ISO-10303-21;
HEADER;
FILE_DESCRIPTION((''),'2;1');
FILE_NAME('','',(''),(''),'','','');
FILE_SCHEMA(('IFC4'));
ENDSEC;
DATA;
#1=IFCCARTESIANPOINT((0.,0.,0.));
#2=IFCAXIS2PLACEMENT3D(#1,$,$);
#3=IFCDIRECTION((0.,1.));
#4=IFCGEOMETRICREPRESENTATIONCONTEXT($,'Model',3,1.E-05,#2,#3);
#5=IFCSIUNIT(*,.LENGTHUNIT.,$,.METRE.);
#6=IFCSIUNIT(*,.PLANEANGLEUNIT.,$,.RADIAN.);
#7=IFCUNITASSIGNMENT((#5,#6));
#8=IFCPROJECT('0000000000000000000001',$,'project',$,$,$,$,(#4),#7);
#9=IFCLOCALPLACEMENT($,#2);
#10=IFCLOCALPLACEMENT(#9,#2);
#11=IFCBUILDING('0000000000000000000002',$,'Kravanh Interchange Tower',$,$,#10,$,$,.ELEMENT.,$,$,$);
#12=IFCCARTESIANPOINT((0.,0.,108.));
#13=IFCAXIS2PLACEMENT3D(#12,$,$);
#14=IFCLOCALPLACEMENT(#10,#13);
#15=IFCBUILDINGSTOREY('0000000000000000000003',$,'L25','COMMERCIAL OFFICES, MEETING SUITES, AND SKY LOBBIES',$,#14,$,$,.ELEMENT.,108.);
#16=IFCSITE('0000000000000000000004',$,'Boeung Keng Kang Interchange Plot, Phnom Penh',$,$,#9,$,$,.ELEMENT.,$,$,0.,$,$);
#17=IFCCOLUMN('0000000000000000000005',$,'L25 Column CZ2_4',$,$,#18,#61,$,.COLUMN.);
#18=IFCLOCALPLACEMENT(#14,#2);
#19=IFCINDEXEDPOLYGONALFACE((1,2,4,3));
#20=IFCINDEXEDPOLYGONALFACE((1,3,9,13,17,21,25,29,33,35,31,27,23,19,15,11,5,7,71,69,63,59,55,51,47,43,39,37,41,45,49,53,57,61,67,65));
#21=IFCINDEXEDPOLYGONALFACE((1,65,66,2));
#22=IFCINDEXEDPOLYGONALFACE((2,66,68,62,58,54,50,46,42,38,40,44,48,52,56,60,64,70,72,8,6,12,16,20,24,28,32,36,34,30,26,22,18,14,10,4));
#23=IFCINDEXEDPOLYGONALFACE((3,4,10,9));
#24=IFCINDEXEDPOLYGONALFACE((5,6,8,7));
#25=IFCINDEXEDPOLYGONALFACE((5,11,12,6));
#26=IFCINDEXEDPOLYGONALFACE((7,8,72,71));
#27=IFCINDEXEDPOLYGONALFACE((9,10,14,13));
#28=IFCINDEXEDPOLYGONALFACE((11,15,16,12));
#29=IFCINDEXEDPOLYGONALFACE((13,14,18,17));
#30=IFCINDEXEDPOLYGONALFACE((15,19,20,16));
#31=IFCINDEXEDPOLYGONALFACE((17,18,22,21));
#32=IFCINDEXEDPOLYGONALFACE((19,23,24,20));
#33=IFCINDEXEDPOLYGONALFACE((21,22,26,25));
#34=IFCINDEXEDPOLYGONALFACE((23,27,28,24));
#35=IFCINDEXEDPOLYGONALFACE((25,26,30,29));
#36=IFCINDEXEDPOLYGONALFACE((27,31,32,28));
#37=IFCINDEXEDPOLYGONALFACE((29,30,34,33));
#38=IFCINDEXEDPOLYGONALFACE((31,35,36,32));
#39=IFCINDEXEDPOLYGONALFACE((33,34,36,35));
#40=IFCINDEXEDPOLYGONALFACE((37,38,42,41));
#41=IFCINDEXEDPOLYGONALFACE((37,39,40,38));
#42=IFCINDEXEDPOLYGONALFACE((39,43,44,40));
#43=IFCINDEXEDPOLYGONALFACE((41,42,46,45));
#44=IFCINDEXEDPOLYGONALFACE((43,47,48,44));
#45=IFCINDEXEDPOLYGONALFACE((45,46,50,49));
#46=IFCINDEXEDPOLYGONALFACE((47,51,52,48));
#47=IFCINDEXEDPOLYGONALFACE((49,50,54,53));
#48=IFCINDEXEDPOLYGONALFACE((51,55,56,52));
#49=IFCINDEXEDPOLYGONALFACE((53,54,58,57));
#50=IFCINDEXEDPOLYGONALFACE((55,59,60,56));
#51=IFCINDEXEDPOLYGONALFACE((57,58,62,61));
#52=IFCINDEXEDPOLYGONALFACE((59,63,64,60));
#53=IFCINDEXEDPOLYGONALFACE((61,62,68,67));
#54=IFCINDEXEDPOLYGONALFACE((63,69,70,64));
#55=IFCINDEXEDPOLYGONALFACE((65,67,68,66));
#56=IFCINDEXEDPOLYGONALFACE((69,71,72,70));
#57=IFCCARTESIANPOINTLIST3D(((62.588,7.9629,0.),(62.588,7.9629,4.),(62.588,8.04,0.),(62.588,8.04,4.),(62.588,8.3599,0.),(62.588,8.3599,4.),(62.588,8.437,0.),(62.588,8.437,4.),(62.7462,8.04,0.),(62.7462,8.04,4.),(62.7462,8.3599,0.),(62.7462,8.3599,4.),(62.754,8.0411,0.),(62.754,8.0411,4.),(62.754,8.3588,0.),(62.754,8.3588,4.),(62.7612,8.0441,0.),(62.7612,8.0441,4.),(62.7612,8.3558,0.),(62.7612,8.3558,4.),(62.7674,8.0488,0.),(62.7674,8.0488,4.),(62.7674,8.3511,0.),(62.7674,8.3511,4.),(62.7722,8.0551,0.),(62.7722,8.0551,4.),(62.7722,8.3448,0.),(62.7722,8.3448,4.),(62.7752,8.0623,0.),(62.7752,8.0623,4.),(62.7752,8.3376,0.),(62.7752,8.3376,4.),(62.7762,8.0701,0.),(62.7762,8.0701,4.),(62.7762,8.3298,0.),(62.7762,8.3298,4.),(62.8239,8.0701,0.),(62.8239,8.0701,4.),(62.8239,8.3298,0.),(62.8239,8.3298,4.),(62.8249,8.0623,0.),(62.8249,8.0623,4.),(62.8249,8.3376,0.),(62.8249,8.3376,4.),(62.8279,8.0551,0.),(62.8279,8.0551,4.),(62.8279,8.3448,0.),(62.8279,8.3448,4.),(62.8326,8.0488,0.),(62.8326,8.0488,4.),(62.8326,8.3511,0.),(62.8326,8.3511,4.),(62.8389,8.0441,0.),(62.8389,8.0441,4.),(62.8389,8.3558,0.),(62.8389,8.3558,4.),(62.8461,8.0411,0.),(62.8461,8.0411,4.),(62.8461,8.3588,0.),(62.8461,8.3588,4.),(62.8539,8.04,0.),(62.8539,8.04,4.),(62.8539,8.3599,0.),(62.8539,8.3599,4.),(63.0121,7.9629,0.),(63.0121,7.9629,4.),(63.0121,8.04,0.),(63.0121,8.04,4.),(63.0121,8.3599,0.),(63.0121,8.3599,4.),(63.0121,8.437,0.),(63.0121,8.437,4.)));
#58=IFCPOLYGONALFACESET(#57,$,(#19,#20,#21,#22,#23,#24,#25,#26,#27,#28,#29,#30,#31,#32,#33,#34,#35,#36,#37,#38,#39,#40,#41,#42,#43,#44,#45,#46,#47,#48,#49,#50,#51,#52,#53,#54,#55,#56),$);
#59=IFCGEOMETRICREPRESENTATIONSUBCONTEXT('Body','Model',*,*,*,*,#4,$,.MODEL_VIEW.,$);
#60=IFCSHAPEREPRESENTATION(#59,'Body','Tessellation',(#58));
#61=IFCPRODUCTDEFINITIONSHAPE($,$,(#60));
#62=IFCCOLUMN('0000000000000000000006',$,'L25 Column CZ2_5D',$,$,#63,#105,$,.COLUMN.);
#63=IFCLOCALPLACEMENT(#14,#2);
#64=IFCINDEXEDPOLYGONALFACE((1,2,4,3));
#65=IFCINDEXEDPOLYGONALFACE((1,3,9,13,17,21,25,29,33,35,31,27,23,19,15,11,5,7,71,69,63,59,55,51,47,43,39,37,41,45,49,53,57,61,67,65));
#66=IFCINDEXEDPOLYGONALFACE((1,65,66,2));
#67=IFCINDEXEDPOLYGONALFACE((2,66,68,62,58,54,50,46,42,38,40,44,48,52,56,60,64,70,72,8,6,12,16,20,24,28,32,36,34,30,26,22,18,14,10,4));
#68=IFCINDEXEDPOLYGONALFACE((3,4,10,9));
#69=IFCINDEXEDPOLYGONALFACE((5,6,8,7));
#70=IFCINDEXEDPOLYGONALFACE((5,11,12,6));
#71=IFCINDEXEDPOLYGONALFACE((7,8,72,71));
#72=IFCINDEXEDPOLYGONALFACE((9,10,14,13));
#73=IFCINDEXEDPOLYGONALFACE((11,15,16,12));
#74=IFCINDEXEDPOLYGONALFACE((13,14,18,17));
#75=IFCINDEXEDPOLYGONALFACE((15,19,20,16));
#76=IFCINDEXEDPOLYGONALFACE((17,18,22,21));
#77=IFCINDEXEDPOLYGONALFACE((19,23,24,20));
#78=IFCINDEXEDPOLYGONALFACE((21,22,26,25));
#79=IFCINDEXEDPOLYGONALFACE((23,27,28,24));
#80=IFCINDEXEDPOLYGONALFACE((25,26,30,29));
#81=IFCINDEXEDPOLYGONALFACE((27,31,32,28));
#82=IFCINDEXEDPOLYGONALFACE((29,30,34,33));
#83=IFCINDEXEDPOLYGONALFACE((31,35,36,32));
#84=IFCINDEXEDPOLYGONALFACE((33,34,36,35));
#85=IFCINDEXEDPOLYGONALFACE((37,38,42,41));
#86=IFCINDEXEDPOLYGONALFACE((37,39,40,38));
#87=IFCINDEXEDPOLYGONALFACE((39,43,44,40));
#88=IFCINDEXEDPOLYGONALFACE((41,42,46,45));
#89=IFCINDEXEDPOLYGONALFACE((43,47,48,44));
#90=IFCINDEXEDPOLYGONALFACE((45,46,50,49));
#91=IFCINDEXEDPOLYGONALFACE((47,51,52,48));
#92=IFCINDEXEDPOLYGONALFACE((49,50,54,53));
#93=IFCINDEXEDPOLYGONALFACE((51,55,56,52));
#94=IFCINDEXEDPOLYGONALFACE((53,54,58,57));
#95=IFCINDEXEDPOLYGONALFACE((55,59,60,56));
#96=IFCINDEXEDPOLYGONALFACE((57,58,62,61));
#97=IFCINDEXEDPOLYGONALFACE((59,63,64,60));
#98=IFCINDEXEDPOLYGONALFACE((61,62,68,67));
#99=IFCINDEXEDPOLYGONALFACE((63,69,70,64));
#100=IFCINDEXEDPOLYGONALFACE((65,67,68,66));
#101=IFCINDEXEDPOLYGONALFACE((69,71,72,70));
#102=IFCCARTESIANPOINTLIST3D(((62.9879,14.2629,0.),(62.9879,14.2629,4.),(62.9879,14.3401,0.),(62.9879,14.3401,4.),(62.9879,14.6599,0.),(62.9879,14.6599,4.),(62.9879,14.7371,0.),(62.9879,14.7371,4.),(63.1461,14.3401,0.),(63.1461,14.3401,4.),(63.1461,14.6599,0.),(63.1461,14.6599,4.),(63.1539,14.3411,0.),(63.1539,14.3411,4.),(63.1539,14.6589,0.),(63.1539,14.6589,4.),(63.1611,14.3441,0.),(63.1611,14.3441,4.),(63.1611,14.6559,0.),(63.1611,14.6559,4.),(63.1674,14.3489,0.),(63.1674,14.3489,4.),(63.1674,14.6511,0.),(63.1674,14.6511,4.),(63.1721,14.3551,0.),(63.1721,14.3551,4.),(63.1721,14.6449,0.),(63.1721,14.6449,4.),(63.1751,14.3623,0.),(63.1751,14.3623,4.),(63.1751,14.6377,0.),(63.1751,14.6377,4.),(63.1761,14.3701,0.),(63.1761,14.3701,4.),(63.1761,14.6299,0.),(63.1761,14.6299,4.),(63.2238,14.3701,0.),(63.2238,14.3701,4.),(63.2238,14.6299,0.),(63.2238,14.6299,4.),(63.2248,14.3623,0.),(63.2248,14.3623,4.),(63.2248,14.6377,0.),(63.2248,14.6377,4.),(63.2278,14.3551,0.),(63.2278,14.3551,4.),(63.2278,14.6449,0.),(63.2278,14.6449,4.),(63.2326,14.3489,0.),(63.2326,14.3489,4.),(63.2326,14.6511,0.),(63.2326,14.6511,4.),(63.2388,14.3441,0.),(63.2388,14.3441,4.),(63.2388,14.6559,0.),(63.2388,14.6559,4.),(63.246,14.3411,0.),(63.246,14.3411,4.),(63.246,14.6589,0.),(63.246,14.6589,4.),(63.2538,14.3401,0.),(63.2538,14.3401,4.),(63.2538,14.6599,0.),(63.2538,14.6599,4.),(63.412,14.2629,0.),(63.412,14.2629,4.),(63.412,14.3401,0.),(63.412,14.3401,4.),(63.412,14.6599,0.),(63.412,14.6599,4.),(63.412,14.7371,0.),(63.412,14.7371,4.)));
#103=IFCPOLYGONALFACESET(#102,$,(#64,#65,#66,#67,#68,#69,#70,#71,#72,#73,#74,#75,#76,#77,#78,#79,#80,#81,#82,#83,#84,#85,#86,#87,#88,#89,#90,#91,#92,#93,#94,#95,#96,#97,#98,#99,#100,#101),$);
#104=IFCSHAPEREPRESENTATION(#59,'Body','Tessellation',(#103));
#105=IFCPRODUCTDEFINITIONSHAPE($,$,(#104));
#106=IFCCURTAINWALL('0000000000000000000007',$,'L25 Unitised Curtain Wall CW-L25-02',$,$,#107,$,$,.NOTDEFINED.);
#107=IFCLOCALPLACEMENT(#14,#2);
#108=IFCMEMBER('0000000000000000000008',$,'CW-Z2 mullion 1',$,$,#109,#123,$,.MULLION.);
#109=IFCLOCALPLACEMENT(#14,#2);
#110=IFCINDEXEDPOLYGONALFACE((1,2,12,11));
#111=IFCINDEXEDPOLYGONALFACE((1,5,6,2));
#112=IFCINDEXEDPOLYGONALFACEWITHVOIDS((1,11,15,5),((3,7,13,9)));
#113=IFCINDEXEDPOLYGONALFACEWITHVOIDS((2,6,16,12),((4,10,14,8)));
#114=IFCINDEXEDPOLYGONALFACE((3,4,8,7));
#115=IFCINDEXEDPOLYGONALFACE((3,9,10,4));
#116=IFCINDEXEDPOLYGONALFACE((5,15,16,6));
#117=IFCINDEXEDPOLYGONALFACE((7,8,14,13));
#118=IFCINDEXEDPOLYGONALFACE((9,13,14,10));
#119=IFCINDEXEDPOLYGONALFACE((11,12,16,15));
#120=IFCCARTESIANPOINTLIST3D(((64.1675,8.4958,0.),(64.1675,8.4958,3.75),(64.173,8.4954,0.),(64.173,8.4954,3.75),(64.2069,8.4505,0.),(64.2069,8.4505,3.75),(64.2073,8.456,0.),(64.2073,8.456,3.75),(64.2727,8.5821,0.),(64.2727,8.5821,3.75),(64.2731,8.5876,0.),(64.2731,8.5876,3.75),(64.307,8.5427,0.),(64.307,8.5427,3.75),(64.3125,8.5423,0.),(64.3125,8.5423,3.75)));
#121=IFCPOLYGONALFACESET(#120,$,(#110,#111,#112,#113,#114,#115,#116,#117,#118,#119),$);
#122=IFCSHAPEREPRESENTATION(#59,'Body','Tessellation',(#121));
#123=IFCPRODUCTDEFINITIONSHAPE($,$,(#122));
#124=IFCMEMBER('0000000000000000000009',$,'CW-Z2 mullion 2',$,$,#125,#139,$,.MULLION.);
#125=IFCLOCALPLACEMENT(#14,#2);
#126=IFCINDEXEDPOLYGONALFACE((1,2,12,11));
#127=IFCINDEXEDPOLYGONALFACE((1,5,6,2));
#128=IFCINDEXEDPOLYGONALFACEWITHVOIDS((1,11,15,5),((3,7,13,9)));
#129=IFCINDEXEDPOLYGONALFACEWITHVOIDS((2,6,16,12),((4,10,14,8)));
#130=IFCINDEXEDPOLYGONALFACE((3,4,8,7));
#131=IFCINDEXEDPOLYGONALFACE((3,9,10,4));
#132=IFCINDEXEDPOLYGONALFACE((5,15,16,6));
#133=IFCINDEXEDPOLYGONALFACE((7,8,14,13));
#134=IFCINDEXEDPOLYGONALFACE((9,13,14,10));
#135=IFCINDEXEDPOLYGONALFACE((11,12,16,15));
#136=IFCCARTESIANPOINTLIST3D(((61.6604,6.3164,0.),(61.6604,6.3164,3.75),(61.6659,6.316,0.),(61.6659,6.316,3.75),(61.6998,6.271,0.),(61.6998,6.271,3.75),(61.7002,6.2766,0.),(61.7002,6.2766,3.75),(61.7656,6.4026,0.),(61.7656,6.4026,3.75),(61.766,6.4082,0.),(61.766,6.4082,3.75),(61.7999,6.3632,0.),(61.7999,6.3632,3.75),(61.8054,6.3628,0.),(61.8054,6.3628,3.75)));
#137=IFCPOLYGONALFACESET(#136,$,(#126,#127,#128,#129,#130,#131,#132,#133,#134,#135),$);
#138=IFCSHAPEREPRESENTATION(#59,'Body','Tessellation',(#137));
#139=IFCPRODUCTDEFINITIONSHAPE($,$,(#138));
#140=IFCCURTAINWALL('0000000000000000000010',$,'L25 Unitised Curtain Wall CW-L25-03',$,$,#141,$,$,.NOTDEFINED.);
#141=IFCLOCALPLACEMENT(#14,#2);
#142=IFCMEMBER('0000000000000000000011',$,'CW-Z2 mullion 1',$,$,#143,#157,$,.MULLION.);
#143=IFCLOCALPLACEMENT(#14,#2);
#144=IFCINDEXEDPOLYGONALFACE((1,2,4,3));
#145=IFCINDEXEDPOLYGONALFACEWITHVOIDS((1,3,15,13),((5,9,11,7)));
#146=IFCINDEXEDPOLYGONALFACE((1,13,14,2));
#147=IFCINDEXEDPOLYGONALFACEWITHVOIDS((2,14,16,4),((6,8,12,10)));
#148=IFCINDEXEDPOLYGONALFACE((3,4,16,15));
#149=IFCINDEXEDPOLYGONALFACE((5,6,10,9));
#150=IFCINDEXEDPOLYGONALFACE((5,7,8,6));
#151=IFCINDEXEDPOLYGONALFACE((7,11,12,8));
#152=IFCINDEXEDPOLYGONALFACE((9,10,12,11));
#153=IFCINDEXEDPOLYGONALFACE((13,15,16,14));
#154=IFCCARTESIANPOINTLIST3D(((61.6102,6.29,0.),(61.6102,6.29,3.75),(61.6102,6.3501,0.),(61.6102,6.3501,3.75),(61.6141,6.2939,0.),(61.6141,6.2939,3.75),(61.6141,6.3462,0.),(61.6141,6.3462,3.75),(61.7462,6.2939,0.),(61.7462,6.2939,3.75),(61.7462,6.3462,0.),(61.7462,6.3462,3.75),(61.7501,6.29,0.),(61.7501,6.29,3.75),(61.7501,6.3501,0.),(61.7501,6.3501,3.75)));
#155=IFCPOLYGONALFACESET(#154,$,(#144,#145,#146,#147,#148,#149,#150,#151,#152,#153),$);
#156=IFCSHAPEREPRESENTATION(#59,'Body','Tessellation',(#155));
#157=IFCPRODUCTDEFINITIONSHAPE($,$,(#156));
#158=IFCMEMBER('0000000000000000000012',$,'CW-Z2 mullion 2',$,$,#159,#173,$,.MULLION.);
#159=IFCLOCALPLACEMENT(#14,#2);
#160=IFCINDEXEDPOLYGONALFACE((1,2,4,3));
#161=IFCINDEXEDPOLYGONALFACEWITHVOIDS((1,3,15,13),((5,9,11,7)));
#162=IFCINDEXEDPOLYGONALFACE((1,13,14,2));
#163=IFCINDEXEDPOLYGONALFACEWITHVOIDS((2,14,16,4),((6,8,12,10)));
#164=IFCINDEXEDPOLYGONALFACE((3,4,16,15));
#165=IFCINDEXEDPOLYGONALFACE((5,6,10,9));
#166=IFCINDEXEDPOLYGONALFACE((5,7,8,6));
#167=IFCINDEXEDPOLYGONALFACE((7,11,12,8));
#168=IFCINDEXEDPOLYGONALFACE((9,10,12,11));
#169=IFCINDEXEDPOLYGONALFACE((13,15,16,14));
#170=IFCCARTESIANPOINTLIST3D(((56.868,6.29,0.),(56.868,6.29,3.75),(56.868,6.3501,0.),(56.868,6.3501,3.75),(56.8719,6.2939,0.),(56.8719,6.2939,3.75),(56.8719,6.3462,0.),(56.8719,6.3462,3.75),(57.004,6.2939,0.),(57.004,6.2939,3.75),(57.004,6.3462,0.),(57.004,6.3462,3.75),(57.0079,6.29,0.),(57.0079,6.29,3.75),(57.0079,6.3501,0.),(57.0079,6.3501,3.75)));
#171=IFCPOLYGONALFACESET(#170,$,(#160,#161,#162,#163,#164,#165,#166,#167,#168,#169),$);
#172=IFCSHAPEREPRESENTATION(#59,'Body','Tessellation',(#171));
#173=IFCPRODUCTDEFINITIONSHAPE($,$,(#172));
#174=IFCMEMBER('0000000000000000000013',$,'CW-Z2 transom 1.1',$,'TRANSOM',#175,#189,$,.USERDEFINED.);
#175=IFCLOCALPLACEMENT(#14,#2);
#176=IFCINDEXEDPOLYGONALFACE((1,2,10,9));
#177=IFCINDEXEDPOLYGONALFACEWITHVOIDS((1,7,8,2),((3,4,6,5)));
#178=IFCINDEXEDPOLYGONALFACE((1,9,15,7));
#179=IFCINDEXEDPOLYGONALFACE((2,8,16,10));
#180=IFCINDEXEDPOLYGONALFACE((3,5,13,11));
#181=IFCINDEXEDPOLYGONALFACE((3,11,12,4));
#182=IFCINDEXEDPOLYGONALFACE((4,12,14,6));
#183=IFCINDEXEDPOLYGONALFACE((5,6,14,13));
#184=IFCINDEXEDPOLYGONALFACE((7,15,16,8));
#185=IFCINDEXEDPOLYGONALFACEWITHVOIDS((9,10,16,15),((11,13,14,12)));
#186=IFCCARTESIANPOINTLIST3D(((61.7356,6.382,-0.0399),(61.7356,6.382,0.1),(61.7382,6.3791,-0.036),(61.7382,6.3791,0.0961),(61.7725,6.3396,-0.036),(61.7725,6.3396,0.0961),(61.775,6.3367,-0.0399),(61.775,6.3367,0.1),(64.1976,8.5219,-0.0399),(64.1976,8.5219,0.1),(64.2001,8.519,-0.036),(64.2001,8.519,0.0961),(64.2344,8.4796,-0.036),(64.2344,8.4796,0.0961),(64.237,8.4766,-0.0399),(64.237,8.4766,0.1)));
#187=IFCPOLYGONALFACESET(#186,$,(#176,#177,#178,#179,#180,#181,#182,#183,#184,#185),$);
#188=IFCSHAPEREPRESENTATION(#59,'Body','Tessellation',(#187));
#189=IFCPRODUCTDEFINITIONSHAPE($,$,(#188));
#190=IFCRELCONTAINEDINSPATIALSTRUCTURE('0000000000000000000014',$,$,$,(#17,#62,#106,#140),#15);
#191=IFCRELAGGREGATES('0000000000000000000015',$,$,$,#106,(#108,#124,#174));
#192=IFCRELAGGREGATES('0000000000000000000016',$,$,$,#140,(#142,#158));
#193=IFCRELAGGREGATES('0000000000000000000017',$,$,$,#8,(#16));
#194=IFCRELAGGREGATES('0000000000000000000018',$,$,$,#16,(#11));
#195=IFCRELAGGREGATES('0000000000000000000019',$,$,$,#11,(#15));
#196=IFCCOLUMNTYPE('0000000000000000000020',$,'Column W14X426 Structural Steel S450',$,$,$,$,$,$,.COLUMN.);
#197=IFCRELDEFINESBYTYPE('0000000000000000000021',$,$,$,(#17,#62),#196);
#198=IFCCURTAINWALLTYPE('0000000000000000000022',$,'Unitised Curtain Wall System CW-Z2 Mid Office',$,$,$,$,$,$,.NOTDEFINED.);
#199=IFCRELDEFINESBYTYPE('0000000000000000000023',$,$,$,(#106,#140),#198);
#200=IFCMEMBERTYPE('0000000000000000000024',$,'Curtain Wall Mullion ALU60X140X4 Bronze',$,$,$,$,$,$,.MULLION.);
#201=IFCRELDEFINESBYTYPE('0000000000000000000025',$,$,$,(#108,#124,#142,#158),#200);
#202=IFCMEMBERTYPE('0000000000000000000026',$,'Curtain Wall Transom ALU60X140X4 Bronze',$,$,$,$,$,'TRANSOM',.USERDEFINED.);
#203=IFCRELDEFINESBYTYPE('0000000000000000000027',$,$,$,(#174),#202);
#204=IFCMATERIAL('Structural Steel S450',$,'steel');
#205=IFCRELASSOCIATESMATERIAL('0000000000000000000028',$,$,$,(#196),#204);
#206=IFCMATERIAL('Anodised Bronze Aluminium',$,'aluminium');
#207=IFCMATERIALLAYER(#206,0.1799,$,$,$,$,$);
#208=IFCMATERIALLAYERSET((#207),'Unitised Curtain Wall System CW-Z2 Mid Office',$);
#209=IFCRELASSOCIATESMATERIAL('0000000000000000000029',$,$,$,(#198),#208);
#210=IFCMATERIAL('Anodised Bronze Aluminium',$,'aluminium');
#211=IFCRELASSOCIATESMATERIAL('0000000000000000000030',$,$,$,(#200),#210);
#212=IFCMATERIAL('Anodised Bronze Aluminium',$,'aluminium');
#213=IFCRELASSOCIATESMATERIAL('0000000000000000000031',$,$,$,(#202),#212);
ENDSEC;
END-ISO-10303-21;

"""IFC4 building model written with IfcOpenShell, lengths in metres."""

from ifc_helpers import new_model, si_unit, direction, frame, origin, origin_2d, place, context, subcontext, project, spatial, hollow_rectangle, i_section, extrude, material, layer, layer_set, material_profile, profile_set, type_object, element, aggregate, save


model = new_model("IFC4")

# Units and contexts
model_context = context("Model", 3, precision=1e-05, world=origin(), true_north=direction((0.0, 1.0)))
body_context = subcontext(model_context, "Body", "Model", "MODEL_VIEW")
ifc_project = project(units=[si_unit("LENGTHUNIT", "METRE"), si_unit("PLANEANGLEUNIT", "RADIAN")], contexts=[model_context])

# Site, building, storey
site_placement = place(None, origin())
site = spatial("IfcSite", under=ifc_project, at=site_placement, Name="Boeung Keng Kang Interchange Plot, Phnom Penh", CompositionType="ELEMENT", RefElevation=0.0)
building_placement = place(site_placement, origin())
building = spatial("IfcBuilding", under=site, at=building_placement, Name="Kravanh Interchange Tower", CompositionType="ELEMENT")
storey_placement = place(building_placement, frame((0.0, 0.0, 108.0)))
storey = spatial("IfcBuildingStorey", under=building, at=storey_placement, Name="L25", Description="COMMERCIAL OFFICES, MEETING SUITES, AND SKY LOBBIES", CompositionType="ELEMENT", Elevation=108.0)

# Columns
ifc_material_1 = material(Name="Structural Steel S450", Category="steel")
ifc_material_profile_1 = material_profile(ifc_material_1, i_section(OverallWidth=0.4241, OverallDepth=0.4741, WebThickness=0.0476, FlangeThickness=0.0771, FilletRadius=0.03, at=origin_2d()), Name="W14X426")
ifc_profile_set_1 = profile_set([ifc_material_profile_1], Name="Structural Steel S450")
column_type = type_object("IfcColumnType", Name="Column W14X426 Structural Steel S450", PredefinedType="COLUMN", material=ifc_profile_set_1)
for number, where, z_axis, x_axis, name in (
    (1, (62.8, 8.2, 0.0), (0.0, 0.0, 1.0), (1.0, 0.0, 0.0), "L25 Column CZ2_4"),
    (2, (63.2, 14.5, 0.0), (0.0, 0.0, 1.0), (1.0, 0.0, 0.0), "L25 Column CZ2_5D"),
):
    element("IfcColumn", number, at=place(storey_placement, frame(where, z_axis=z_axis, x_axis=x_axis)), inside=storey, type_object=column_type, Name=name, PredefinedType="COLUMN", context=body_context, shape_type="SweptSolid", body=[
        extrude(i_section(OverallWidth=0.4241, OverallDepth=0.4741, WebThickness=0.0476, FlangeThickness=0.0771, FilletRadius=0.03, at=origin_2d()), origin(), (0.0, 0.0, 1.0), 4.0),
    ])

# Curtain walls, members
ifc_material_2 = material(Name="Anodised Bronze Aluminium", Category="aluminium")
ifc_layer_1 = layer(ifc_material_2, 0.1799)
ifc_layer_set_1 = layer_set([ifc_layer_1], Name="Unitised Curtain Wall System CW-Z2 Mid Office")
curtain_wall_type = type_object("IfcCurtainWallType", Name="Unitised Curtain Wall System CW-Z2 Mid Office", PredefinedType="NOTDEFINED", material=ifc_layer_set_1)
curtain_wall_1_placement = place(storey_placement, origin())
curtain_wall_1 = element("IfcCurtainWall", 3, at=curtain_wall_1_placement, inside=storey, type_object=curtain_wall_type, Name="L25 Unitised Curtain Wall CW-L25-02", PredefinedType="NOTDEFINED")
ifc_material_3 = material(Name="Anodised Bronze Aluminium", Category="aluminium")
ifc_material_profile_2 = material_profile(ifc_material_3, hollow_rectangle(XDim=0.0601, YDim=0.1399, WallThickness=0.0039, at=origin_2d()), Name="ALU60X140X4")
ifc_profile_set_2 = profile_set([ifc_material_profile_2], Name="Anodised Bronze Aluminium")
member_type_1 = type_object("IfcMemberType", Name="Curtain Wall Mullion ALU60X140X4 Bronze", PredefinedType="MULLION", material=ifc_profile_set_2)
member_1_placement = place(storey_placement, frame((64.24, 8.519, 0.0), z_axis=(0.0, 0.0, 1.0), x_axis=(0.656048, -0.754719, 0.0)))
member_1 = element("IfcMember", 4, at=member_1_placement, type_object=member_type_1, Name="CW-Z2 mullion 1", PredefinedType="MULLION", context=body_context, shape_type="SweptSolid", body=[
    extrude(hollow_rectangle(XDim=0.0601, YDim=0.1399, WallThickness=0.0039, at=origin_2d()), origin(), (0.0, 0.0, 1.0), 3.75),
])
member_2_placement = place(storey_placement, frame((61.7329, 6.3396, 0.0), z_axis=(0.0, 0.0, 1.0), x_axis=(0.656048, -0.754719, 0.0)))
member_2 = element("IfcMember", 5, at=member_2_placement, type_object=member_type_1, Name="CW-Z2 mullion 2", PredefinedType="MULLION", context=body_context, shape_type="SweptSolid", body=[
    extrude(hollow_rectangle(XDim=0.0601, YDim=0.1399, WallThickness=0.0039, at=origin_2d()), origin(), (0.0, 0.0, 1.0), 3.75),
])
curtain_wall_2_placement = place(storey_placement, origin())
curtain_wall_2 = element("IfcCurtainWall", 6, at=curtain_wall_2_placement, inside=storey, type_object=curtain_wall_type, Name="L25 Unitised Curtain Wall CW-L25-03", PredefinedType="NOTDEFINED")
member_3_placement = place(storey_placement, frame((61.6802, 6.3201, 0.0), z_axis=(0.0, 0.0, 1.0), x_axis=(0.0, -1.0, 0.0)))
member_3 = element("IfcMember", 7, at=member_3_placement, type_object=member_type_1, Name="CW-Z2 mullion 1", PredefinedType="MULLION", context=body_context, shape_type="SweptSolid", body=[
    extrude(hollow_rectangle(XDim=0.0601, YDim=0.1399, WallThickness=0.0039, at=origin_2d()), origin(), (0.0, 0.0, 1.0), 3.75),
])
member_4_placement = place(storey_placement, frame((56.938, 6.3201, 0.0), z_axis=(0.0, 0.0, 1.0), x_axis=(0.0, -1.0, 0.0)))
member_4 = element("IfcMember", 8, at=member_4_placement, type_object=member_type_1, Name="CW-Z2 mullion 2", PredefinedType="MULLION", context=body_context, shape_type="SweptSolid", body=[
    extrude(hollow_rectangle(XDim=0.0601, YDim=0.1399, WallThickness=0.0039, at=origin_2d()), origin(), (0.0, 0.0, 1.0), 3.75),
])

# Member
ifc_material_4 = material(Name="Anodised Bronze Aluminium", Category="aluminium")
ifc_material_profile_3 = material_profile(ifc_material_4, hollow_rectangle(XDim=0.0601, YDim=0.1399, WallThickness=0.0039, at=origin_2d()), Name="ALU60X140X4")
ifc_profile_set_3 = profile_set([ifc_material_profile_3], Name="Anodised Bronze Aluminium")
member_type_2 = type_object("IfcMemberType", Name="Curtain Wall Transom ALU60X140X4 Bronze", ElementType="TRANSOM", PredefinedType="USERDEFINED", material=ifc_profile_set_3)
member_5_placement = place(storey_placement, frame((64.2173, 8.4993, 0.03), z_axis=(-0.754742, -0.656021, 0.0), x_axis=(0.656021, -0.754742, 0.0)))
member_5 = element("IfcMember", 9, at=member_5_placement, type_object=member_type_2, Name="CW-Z2 transom 1.1", ObjectType="TRANSOM", PredefinedType="USERDEFINED", context=body_context, shape_type="SweptSolid", body=[
    extrude(hollow_rectangle(XDim=0.0601, YDim=0.1399, WallThickness=0.0039, at=origin_2d()), origin(), (0.0, 0.0, 1.0), 3.262),
])

aggregate(curtain_wall_1, [member_1, member_2, member_5])
aggregate(curtain_wall_2, [member_3, member_4])

save(model, "model.ifc")
